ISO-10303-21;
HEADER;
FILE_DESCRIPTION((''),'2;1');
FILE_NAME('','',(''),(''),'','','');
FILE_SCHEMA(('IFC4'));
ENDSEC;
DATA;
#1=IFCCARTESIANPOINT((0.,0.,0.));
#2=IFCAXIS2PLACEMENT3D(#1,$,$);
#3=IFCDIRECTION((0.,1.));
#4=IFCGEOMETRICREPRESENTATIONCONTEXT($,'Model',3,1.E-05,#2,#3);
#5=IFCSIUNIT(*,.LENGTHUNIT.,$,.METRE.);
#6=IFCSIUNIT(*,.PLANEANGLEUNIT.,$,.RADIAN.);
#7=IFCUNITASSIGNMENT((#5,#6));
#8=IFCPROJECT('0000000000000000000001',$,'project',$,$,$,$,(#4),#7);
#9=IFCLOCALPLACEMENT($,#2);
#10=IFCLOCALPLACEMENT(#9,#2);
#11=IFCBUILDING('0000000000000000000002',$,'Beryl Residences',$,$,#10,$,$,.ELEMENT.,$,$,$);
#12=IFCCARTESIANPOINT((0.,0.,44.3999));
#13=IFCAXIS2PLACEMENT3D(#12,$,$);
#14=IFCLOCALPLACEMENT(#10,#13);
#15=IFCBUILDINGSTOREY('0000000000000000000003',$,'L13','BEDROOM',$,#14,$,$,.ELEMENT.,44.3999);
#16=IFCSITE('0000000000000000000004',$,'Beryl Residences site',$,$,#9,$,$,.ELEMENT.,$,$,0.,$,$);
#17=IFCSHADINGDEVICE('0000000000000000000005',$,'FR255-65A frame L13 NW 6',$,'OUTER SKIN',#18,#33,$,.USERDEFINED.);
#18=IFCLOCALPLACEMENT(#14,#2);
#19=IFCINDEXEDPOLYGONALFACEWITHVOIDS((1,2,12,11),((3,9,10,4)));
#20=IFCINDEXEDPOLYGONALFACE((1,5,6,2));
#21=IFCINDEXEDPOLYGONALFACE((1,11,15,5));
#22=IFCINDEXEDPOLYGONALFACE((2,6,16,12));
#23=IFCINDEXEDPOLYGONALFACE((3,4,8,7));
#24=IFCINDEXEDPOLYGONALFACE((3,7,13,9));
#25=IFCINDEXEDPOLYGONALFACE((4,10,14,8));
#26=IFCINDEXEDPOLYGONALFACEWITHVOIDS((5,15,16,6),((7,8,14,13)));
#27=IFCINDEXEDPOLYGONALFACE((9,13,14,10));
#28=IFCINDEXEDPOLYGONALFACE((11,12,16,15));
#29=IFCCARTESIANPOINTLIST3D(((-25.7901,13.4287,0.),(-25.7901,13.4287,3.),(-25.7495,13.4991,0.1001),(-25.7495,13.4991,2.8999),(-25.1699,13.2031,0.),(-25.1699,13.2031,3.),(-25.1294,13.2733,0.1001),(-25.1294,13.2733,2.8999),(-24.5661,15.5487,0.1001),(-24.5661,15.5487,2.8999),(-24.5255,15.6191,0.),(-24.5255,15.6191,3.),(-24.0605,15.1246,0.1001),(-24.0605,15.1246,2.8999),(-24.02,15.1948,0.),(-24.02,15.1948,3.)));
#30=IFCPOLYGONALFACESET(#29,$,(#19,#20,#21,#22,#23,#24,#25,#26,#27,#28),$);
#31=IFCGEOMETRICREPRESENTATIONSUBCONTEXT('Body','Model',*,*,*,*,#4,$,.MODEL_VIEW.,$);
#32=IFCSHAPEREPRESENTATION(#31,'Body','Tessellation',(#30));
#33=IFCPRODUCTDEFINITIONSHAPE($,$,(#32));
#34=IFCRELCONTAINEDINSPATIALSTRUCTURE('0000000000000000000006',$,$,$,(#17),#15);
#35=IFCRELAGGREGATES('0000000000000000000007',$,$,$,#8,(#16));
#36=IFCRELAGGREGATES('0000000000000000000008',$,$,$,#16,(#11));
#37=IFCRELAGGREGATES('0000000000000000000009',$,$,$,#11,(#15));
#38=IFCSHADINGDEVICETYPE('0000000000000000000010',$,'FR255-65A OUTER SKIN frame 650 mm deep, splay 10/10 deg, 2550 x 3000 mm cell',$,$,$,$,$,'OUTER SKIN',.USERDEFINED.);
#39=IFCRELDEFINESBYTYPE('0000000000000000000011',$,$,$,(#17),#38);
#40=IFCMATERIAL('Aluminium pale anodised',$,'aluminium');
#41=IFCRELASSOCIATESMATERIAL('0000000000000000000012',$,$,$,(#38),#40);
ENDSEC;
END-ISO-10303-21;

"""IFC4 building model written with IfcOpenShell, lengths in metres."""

from ifc_helpers import new_model, entity, si_unit, direction, frame, origin, place, context, subcontext, project, spatial, source, transform, mapped, material, type_object, type_shapes, element, save


model = new_model("IFC4")

# Units and contexts
model_context = context("Model", 3, precision=1e-05, world=origin(), true_north=direction((0.0, 1.0)))
body_context = subcontext(model_context, "Body", "Model", "MODEL_VIEW")
ifc_project = project(units=[si_unit("LENGTHUNIT", "METRE"), si_unit("PLANEANGLEUNIT", "RADIAN")], contexts=[model_context])

# Site, building, storey
site_placement = place(None, origin())
site = spatial("IfcSite", under=ifc_project, at=site_placement, Name="Beryl Residences site", CompositionType="ELEMENT", RefElevation=0.0)
building_placement = place(site_placement, origin())
building = spatial("IfcBuilding", under=site, at=building_placement, Name="Beryl Residences", CompositionType="ELEMENT")
storey_placement = place(building_placement, frame((0.0, 0.0, 44.3999)))
storey = spatial("IfcBuildingStorey", under=building, at=storey_placement, Name="L13", Description="BEDROOM", CompositionType="ELEMENT", Elevation=44.3999)

# Shading device
ifc_material_1 = material(Name="Aluminium pale anodised", Category="aluminium")
shading_device_type = type_object("IfcShadingDeviceType", Name="FR255-65A OUTER SKIN frame 650 mm deep, splay 10/10 deg, 2550 x 3000 mm cell", ElementType="OUTER SKIN", PredefinedType="USERDEFINED", material=ifc_material_1)
cartesian_point_1 = entity("IfcCartesianPoint", [-1.1499, 0.0])
cartesian_point_2 = entity("IfcCartesianPoint", [-1.0688, 0.1001])
cartesian_point_3 = entity("IfcCartesianPoint", [-1.2646, 0.0])
cartesian_point_4 = entity("IfcCartesianPoint", [-1.1833, 0.1001])
shared_shape = source(origin(), body_context, "Body", "SweptSolid", [
    entity("IfcExtrudedAreaSolidTapered", entity("IfcArbitraryProfileDefWithVoids", "AREA", None, entity("IfcPolyline", [cartesian_point_1, entity("IfcCartesianPoint", [1.1499, 0.0]), entity("IfcCartesianPoint", [1.1499, 3.0]), entity("IfcCartesianPoint", [-1.1499, 3.0]), cartesian_point_1]), [entity("IfcPolyline", [cartesian_point_2, entity("IfcCartesianPoint", [1.0688, 0.1001]), entity("IfcCartesianPoint", [1.0688, 2.8999]), entity("IfcCartesianPoint", [-1.0688, 2.8999]), cartesian_point_2])]), entity("IfcAxis2Placement3D", entity("IfcCartesianPoint", [0.0, 0.0, 0.0]), entity("IfcDirection", [0.0, 1.0, 0.0]), entity("IfcDirection", [-1.0, 0.0, 0.0])), entity("IfcDirection", [0.0, 0.0, 1.0]), 0.6499, entity("IfcArbitraryProfileDefWithVoids", "AREA", None, entity("IfcPolyline", [cartesian_point_3, entity("IfcCartesianPoint", [1.2646, 0.0]), entity("IfcCartesianPoint", [1.2646, 3.0]), entity("IfcCartesianPoint", [-1.2646, 3.0]), cartesian_point_3]), [entity("IfcPolyline", [cartesian_point_4, entity("IfcCartesianPoint", [1.1833, 0.1001]), entity("IfcCartesianPoint", [1.1833, 2.8999]), entity("IfcCartesianPoint", [-1.1833, 2.8999]), cartesian_point_4])])),
])
type_shapes(shading_device_type, [shared_shape])
shading_device_placement = place(storey_placement, frame((-24.595, 14.199, 0.0), z_axis=(0.0, 0.0, 1.0), x_axis=(0.5, 0.866025, 0.0)))
element("IfcShadingDevice", 1, at=shading_device_placement, inside=storey, type_object=shading_device_type, Name="FR255-65A frame L13 NW 6", ObjectType="OUTER SKIN", PredefinedType="USERDEFINED", context=body_context, shape_type="MappedRepresentation", body=[
    mapped(shared_shape, transform((0.0, 0.0, 0.0))),
])

save(model, "model.ifc")
